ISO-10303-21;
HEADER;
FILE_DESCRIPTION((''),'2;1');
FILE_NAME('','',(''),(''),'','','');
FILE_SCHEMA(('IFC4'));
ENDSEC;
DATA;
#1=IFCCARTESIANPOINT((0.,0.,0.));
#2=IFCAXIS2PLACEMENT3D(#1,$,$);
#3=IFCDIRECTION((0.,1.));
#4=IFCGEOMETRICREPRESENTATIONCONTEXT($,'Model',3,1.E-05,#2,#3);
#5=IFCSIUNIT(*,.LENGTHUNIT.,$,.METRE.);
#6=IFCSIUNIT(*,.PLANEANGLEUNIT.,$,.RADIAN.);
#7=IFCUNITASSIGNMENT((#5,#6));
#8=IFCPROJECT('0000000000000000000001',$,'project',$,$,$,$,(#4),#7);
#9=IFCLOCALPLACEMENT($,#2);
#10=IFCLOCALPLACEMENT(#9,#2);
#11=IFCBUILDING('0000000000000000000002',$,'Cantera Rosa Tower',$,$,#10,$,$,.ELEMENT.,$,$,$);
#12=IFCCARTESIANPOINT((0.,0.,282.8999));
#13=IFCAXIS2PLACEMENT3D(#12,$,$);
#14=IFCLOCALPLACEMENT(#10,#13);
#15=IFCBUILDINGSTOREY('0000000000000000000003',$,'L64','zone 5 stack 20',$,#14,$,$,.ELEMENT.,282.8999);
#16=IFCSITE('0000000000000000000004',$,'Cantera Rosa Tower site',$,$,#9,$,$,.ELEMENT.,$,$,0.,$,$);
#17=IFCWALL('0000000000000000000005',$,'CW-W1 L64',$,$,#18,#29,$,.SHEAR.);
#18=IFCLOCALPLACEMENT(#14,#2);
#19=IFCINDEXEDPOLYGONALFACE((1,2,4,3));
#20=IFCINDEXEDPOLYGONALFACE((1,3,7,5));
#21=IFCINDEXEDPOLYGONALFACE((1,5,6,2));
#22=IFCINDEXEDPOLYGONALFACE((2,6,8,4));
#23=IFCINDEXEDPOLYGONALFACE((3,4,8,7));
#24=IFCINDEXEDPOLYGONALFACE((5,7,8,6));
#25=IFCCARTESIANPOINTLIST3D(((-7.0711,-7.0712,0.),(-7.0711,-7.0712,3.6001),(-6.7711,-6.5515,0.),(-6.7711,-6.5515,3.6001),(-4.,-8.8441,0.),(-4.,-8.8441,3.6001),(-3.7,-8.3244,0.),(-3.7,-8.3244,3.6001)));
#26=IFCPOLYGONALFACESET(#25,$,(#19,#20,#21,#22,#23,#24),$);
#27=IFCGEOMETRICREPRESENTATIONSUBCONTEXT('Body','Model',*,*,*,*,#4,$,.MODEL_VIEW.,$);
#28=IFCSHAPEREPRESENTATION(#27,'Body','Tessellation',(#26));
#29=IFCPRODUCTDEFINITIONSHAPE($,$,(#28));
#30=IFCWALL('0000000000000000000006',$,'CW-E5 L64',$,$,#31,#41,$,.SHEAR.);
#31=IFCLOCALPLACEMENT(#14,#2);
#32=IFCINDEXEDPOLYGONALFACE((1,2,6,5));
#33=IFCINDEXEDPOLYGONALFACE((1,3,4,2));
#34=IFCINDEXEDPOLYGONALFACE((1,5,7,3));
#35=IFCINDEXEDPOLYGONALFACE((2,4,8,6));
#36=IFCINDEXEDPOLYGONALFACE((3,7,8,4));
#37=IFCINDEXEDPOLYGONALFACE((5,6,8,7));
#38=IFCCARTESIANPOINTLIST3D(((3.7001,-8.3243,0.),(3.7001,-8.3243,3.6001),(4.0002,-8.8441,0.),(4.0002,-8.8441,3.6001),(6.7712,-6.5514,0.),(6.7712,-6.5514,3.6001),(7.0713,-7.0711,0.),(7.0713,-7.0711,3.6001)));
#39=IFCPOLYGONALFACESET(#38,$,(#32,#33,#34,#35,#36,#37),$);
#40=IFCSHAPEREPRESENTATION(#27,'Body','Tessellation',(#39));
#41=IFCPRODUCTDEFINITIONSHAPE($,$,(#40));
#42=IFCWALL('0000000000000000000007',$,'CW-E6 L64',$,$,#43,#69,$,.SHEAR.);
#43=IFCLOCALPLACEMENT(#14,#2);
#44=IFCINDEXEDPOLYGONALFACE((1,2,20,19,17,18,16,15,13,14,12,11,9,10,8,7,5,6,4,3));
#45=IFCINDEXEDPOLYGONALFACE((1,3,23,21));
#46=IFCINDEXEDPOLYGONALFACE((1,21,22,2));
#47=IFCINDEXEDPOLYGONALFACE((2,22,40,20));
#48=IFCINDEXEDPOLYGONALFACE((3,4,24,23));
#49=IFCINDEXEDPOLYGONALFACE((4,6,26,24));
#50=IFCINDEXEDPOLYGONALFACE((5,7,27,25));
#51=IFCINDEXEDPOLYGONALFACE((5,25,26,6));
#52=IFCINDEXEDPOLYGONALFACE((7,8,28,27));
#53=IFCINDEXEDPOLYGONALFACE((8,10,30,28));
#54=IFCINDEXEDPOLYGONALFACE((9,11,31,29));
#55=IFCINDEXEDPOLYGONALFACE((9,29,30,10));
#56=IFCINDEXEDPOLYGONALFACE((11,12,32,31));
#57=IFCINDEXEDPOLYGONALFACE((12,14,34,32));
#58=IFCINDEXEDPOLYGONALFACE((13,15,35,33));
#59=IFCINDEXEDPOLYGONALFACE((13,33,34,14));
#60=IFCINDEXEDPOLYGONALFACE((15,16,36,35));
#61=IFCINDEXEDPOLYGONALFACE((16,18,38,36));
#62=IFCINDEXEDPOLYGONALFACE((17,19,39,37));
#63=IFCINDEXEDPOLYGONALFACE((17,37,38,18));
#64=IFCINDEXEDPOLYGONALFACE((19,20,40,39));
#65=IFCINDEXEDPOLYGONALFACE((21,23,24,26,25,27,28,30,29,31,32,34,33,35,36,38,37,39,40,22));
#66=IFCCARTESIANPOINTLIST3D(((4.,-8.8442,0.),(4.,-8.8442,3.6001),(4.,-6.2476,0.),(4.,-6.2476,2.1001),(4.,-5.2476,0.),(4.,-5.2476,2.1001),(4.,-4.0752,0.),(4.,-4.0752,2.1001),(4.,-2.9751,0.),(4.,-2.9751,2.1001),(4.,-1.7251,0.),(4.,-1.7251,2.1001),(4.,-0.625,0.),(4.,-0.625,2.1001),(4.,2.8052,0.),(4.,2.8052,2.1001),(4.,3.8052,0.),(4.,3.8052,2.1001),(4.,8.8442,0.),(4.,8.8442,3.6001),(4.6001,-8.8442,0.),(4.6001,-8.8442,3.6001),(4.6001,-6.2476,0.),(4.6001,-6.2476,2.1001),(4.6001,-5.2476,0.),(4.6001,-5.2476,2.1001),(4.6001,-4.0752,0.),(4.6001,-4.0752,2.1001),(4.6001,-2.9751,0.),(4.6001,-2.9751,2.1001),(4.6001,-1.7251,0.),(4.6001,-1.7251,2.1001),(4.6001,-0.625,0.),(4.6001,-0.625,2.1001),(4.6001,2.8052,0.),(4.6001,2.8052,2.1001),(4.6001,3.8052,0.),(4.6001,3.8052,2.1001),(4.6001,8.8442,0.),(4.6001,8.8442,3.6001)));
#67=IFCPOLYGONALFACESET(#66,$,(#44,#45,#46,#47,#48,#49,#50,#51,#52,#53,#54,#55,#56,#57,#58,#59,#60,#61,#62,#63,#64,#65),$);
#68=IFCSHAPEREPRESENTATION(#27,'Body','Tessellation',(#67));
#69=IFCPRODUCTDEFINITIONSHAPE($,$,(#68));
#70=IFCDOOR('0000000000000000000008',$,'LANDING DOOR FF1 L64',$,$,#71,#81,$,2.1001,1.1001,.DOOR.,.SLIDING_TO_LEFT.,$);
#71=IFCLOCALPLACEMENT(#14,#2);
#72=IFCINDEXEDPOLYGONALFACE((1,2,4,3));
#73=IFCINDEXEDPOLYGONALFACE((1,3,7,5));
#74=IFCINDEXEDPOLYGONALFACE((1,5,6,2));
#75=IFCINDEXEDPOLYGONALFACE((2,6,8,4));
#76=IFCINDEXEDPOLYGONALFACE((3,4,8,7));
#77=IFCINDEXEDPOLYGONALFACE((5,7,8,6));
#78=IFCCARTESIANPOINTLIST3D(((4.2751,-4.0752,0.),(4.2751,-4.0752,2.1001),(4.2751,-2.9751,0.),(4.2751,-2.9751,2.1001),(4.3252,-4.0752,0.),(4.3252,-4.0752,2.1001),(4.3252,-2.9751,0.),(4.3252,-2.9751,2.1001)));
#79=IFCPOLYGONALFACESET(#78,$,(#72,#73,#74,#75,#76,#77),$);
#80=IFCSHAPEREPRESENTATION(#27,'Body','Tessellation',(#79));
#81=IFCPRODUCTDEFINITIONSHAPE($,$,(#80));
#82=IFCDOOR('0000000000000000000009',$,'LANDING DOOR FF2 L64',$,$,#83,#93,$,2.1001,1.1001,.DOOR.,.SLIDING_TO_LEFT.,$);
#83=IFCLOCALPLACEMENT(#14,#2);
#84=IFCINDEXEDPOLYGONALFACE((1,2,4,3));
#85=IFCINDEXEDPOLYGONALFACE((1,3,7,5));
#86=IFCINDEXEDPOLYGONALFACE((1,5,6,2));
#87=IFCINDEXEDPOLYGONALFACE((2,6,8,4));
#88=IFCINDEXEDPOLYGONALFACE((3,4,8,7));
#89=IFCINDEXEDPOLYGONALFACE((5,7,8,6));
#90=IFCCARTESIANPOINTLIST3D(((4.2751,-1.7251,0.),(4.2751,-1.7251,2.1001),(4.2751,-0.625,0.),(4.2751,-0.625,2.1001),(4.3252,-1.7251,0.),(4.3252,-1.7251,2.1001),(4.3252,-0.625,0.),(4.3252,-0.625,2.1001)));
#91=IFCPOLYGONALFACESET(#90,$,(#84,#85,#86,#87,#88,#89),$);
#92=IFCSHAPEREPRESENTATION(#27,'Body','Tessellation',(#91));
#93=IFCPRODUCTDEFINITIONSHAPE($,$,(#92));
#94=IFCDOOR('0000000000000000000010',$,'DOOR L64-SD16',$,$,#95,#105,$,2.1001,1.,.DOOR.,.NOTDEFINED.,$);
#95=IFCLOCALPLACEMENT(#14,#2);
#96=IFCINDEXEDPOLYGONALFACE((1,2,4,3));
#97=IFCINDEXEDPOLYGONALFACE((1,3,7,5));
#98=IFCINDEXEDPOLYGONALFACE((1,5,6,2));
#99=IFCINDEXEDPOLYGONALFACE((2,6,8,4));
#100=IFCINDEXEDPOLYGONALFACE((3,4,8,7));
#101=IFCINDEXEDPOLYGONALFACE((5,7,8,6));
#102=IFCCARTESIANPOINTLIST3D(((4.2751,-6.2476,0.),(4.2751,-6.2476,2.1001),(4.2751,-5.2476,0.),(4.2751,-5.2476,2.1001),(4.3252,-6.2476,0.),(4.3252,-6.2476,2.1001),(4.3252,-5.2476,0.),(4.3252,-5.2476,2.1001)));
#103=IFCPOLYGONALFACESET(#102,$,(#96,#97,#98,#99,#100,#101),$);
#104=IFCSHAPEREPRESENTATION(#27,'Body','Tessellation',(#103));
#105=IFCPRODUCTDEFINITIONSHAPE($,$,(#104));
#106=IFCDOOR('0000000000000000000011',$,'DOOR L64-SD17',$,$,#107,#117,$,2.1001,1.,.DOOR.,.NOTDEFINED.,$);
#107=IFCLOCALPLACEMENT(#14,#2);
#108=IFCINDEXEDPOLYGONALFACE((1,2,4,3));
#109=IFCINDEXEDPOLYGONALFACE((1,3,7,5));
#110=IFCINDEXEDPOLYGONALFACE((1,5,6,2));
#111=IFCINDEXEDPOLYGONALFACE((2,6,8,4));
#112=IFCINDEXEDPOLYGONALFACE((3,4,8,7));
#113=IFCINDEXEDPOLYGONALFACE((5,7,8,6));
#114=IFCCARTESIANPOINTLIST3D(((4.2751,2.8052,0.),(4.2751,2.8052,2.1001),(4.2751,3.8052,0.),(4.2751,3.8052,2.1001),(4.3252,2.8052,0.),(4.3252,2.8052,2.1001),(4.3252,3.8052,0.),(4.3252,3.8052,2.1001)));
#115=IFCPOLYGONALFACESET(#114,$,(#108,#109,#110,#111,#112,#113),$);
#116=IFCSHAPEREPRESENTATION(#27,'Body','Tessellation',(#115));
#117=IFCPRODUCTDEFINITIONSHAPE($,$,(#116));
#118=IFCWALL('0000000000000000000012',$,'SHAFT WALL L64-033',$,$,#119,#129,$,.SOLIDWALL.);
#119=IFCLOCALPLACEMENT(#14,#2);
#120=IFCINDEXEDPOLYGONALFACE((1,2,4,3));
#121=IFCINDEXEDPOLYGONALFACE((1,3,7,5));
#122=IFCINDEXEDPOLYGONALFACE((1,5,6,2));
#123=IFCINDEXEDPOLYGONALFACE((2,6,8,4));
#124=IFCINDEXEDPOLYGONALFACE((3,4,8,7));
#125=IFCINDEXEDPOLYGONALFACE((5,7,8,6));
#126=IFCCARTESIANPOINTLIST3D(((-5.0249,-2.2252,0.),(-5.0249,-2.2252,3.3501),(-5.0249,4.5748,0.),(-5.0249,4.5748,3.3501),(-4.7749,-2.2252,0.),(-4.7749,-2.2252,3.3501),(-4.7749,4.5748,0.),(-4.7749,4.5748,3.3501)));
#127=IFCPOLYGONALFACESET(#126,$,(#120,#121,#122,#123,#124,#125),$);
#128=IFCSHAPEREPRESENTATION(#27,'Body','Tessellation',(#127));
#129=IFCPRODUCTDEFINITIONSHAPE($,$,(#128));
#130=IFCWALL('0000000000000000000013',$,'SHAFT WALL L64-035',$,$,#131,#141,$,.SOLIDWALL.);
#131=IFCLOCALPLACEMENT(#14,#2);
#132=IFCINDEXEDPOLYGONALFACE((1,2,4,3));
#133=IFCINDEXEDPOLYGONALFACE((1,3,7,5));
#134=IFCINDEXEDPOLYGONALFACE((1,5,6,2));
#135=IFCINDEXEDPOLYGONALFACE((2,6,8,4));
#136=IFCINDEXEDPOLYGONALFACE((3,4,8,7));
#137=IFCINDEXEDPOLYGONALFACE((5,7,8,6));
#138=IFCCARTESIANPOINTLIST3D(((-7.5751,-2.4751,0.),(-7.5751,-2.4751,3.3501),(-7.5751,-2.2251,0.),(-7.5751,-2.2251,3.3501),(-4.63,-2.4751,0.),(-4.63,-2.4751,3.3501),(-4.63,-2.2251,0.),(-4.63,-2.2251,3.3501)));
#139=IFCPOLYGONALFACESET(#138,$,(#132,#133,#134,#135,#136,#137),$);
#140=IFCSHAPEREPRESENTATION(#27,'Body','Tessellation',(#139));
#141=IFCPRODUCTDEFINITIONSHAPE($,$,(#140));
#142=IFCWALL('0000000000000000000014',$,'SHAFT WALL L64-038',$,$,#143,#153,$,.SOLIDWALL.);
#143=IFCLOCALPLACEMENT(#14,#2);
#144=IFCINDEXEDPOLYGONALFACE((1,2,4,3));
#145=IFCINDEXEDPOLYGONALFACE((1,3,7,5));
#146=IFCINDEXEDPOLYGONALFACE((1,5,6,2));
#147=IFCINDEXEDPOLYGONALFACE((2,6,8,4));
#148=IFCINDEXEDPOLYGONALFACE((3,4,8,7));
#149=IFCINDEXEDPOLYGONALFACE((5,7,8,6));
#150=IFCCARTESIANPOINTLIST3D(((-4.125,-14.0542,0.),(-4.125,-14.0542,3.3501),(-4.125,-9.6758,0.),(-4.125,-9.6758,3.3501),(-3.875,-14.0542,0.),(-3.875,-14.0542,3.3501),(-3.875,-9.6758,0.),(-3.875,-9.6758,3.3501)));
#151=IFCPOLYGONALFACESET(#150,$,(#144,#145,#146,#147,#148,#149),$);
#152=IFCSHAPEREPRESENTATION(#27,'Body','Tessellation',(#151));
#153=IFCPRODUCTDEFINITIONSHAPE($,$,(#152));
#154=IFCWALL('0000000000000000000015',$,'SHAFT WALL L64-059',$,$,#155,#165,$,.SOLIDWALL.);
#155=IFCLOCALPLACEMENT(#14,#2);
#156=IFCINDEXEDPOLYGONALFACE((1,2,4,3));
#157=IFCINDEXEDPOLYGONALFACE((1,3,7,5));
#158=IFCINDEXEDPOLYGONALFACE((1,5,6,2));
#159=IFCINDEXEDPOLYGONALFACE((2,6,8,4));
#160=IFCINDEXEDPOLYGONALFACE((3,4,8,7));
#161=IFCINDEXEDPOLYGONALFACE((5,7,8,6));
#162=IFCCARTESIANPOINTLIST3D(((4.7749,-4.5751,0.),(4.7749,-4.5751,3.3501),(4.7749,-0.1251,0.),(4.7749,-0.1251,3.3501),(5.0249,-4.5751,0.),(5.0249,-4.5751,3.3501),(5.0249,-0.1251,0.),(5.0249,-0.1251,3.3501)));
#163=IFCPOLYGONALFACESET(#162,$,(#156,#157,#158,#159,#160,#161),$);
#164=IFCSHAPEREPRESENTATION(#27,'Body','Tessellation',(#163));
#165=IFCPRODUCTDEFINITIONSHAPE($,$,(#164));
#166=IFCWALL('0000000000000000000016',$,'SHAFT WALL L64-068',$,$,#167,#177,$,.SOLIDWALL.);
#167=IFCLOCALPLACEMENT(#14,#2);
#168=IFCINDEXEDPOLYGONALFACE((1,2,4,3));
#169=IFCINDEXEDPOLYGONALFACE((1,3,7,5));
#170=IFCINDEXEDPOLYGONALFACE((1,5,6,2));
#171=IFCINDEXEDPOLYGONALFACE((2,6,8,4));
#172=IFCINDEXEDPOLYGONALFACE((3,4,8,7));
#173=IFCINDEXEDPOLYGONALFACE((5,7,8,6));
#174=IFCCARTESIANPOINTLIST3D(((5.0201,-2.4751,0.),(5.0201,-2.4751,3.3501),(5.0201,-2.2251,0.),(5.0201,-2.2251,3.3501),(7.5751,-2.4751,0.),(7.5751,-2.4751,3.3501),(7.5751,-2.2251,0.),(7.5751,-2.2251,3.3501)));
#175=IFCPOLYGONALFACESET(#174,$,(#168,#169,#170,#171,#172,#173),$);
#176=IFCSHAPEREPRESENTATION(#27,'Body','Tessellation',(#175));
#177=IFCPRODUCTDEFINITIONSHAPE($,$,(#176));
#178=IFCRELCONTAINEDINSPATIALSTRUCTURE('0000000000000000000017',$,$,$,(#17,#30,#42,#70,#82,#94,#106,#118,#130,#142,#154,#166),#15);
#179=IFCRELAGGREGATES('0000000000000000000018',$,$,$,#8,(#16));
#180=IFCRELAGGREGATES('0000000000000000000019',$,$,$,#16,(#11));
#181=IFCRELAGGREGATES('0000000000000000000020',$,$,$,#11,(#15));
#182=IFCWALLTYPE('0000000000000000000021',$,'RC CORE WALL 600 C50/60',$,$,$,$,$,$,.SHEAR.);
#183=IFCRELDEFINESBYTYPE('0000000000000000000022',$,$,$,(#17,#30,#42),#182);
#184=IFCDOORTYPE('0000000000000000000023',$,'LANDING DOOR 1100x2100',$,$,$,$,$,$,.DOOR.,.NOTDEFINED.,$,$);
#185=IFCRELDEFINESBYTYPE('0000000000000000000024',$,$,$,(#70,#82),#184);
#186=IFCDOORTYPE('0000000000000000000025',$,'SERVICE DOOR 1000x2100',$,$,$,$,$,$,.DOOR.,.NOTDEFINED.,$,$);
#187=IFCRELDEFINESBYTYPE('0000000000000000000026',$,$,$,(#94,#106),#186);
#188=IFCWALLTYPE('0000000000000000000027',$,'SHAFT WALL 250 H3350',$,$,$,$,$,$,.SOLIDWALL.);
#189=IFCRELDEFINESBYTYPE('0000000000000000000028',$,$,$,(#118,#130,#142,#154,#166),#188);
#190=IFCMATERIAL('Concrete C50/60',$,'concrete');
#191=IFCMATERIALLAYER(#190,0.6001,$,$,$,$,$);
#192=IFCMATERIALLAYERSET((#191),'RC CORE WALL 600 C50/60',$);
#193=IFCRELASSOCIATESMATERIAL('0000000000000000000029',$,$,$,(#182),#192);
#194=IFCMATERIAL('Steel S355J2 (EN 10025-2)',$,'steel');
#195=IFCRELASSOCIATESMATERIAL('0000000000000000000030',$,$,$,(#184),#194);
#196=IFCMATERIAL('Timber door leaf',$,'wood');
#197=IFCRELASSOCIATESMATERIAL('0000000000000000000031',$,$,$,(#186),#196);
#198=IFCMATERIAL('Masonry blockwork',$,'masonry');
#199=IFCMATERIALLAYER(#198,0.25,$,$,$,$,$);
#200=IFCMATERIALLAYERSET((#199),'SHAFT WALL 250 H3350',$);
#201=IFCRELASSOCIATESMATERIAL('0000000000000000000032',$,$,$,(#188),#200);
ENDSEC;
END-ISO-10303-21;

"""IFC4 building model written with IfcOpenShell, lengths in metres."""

from ifc_helpers import new_model, si_unit, direction, frame, frame_2d, origin, place, context, subcontext, project, spatial, rectangle, extrude, material, layer, layer_set, type_object, element, fill, save


model = new_model("IFC4")

# Units and contexts
model_context = context("Model", 3, precision=1e-05, world=origin(), true_north=direction((0.0, 1.0)))
body_context = subcontext(model_context, "Body", "Model", "MODEL_VIEW")
ifc_project = project(units=[si_unit("LENGTHUNIT", "METRE"), si_unit("PLANEANGLEUNIT", "RADIAN")], contexts=[model_context])

# Site, building, storey
site_placement = place(None, origin())
site = spatial("IfcSite", under=ifc_project, at=site_placement, Name="Cantera Rosa Tower site", CompositionType="ELEMENT", RefElevation=0.0)
building_placement = place(site_placement, origin())
building = spatial("IfcBuilding", under=site, at=building_placement, Name="Cantera Rosa Tower", CompositionType="ELEMENT")
storey_placement = place(building_placement, frame((0.0, 0.0, 282.8999)))
storey = spatial("IfcBuildingStorey", under=building, at=storey_placement, Name="L64", Description="zone 5 stack 20", CompositionType="ELEMENT", Elevation=282.8999)

# Walls
ifc_material_1 = material(Name="Concrete C50/60", Category="concrete")
ifc_layer_1 = layer(ifc_material_1, 0.6001)
ifc_layer_set_1 = layer_set([ifc_layer_1], Name="RC CORE WALL 600 C50/60")
wall_type_1 = type_object("IfcWallType", Name="RC CORE WALL 600 C50/60", PredefinedType="SHEAR", material=ifc_layer_set_1)
for number, where, z_axis, x_axis, name in (
    (1, (-3.8501, -8.5842, 0.0), (0.0, 0.0, 1.0), (-0.86604, 0.499975, 0.0), "CW-W1 L64"),
    (2, (6.9211, -6.8113, 0.0), (0.0, 0.0, 1.0), (-0.86604, -0.499975, 0.0), "CW-E5 L64"),
):
    element("IfcWall", number, at=place(storey_placement, frame(where, z_axis=z_axis, x_axis=x_axis)), inside=storey, type_object=wall_type_1, Name=name, PredefinedType="SHEAR", context=body_context, shape_type="SweptSolid", body=[
        extrude(rectangle(XDim=3.5461, YDim=0.6001, at=frame_2d((1.7729, 0.0))), origin(), (0.0, 0.0, 1.0), 3.6001),
    ])

# Wall, openings, doors
wall_1_placement = place(storey_placement, frame((4.3, -8.8442, 0.0), z_axis=(0.0, 0.0, 1.0), x_axis=(0.0, 1.0, 0.0)))
wall_1 = element("IfcWall", 3, at=wall_1_placement, inside=storey, type_object=wall_type_1, Name="CW-E6 L64", PredefinedType="SHEAR", context=body_context, shape_type="SweptSolid", body=[
    extrude(rectangle(XDim=17.6885, YDim=0.6001, at=frame_2d((8.8442, 0.0))), origin(), (0.0, 0.0, 1.0), 3.6001),
])
opening_1_placement = place(wall_1_placement, frame((4.769, 0.0, 0.0)))
opening_1 = element("IfcOpeningElement", 4, at=opening_1_placement, cuts=wall_1, PredefinedType="OPENING", context=body_context, shape_type="SweptSolid", body=[
    extrude(rectangle(XDim=1.1001, YDim=2.1001, at=frame_2d((0.55, 1.05))), frame((0.0, 0.3101, 0.0), z_axis=(0.0, -1.0, 0.0), x_axis=(1.0, 0.0, 0.0)), (0.0, 0.0, 1.0), 0.6201),
])
opening_2_placement = place(wall_1_placement, frame((7.1191, 0.0, 0.0)))
opening_2 = element("IfcOpeningElement", 5, at=opening_2_placement, cuts=wall_1, PredefinedType="OPENING", context=body_context, shape_type="SweptSolid", body=[
    extrude(rectangle(XDim=1.1001, YDim=2.1001, at=frame_2d((0.55, 1.05))), frame((0.0, 0.3101, 0.0), z_axis=(0.0, -1.0, 0.0), x_axis=(1.0, 0.0, 0.0)), (0.0, 0.0, 1.0), 0.6201),
])
opening_3_placement = place(wall_1_placement, frame((2.5967, 0.0, 0.0)))
opening_3 = element("IfcOpeningElement", 6, at=opening_3_placement, cuts=wall_1, PredefinedType="OPENING", context=body_context, shape_type="SweptSolid", body=[
    extrude(rectangle(XDim=1.0, YDim=2.1001, at=frame_2d((0.5, 1.05))), frame((0.0, 0.3101, 0.0), z_axis=(0.0, -1.0, 0.0), x_axis=(1.0, 0.0, 0.0)), (0.0, 0.0, 1.0), 0.6201),
])
opening_4_placement = place(wall_1_placement, frame((11.6494, 0.0, 0.0)))
opening_4 = element("IfcOpeningElement", 7, at=opening_4_placement, cuts=wall_1, PredefinedType="OPENING", context=body_context, shape_type="SweptSolid", body=[
    extrude(rectangle(XDim=1.0, YDim=2.1001, at=frame_2d((0.5, 1.05))), frame((0.0, 0.3101, 0.0), z_axis=(0.0, -1.0, 0.0), x_axis=(1.0, 0.0, 0.0)), (0.0, 0.0, 1.0), 0.6201),
])
ifc_material_2 = material(Name="Steel S355J2 (EN 10025-2)", Category="steel")
door_type_1 = type_object("IfcDoorType", Name="LANDING DOOR 1100x2100", OperationType="NOTDEFINED", PredefinedType="DOOR", material=ifc_material_2)
door_1_placement = place(opening_1_placement, origin())
door_1 = element("IfcDoor", 8, at=door_1_placement, inside=storey, type_object=door_type_1, Name="LANDING DOOR FF1 L64", OperationType="SLIDING_TO_LEFT", OverallHeight=2.1001, OverallWidth=1.1001, PredefinedType="DOOR", context=body_context, shape_type="SweptSolid", body=[
    extrude(rectangle(XDim=1.1001, YDim=2.1001, at=frame_2d((0.55, 1.05))), frame((0.0, 0.0249, 0.0), z_axis=(0.0, -1.0, 0.0), x_axis=(1.0, 0.0, 0.0)), (0.0, 0.0, 1.0), 0.05),
])
fill(opening_1, door_1)
door_2_placement = place(opening_2_placement, origin())
door_2 = element("IfcDoor", 9, at=door_2_placement, inside=storey, type_object=door_type_1, Name="LANDING DOOR FF2 L64", OperationType="SLIDING_TO_LEFT", OverallHeight=2.1001, OverallWidth=1.1001, PredefinedType="DOOR", context=body_context, shape_type="SweptSolid", body=[
    extrude(rectangle(XDim=1.1001, YDim=2.1001, at=frame_2d((0.55, 1.05))), frame((0.0, 0.0249, 0.0), z_axis=(0.0, -1.0, 0.0), x_axis=(1.0, 0.0, 0.0)), (0.0, 0.0, 1.0), 0.05),
])
fill(opening_2, door_2)
ifc_material_3 = material(Name="Timber door leaf", Category="wood")
door_type_2 = type_object("IfcDoorType", Name="SERVICE DOOR 1000x2100", OperationType="NOTDEFINED", PredefinedType="DOOR", material=ifc_material_3)
door_3_placement = place(opening_3_placement, origin())
door_3 = element("IfcDoor", 10, at=door_3_placement, inside=storey, type_object=door_type_2, Name="DOOR L64-SD16", OperationType="NOTDEFINED", OverallHeight=2.1001, OverallWidth=1.0, PredefinedType="DOOR", context=body_context, shape_type="SweptSolid", body=[
    extrude(rectangle(XDim=1.0, YDim=2.1001, at=frame_2d((0.5, 1.05))), frame((0.0, 0.0249, 0.0), z_axis=(0.0, -1.0, 0.0), x_axis=(1.0, 0.0, 0.0)), (0.0, 0.0, 1.0), 0.05),
])
fill(opening_3, door_3)
door_4_placement = place(opening_4_placement, origin())
door_4 = element("IfcDoor", 11, at=door_4_placement, inside=storey, type_object=door_type_2, Name="DOOR L64-SD17", OperationType="NOTDEFINED", OverallHeight=2.1001, OverallWidth=1.0, PredefinedType="DOOR", context=body_context, shape_type="SweptSolid", body=[
    extrude(rectangle(XDim=1.0, YDim=2.1001, at=frame_2d((0.5, 1.05))), frame((0.0, 0.0249, 0.0), z_axis=(0.0, -1.0, 0.0), x_axis=(1.0, 0.0, 0.0)), (0.0, 0.0, 1.0), 0.05),
])
fill(opening_4, door_4)

# Walls
ifc_material_4 = material(Name="Masonry blockwork", Category="masonry")
ifc_layer_2 = layer(ifc_material_4, 0.25)
ifc_layer_set_2 = layer_set([ifc_layer_2], Name="SHAFT WALL 250 H3350")
wall_type_2 = type_object("IfcWallType", Name="SHAFT WALL 250 H3350", PredefinedType="SOLIDWALL", material=ifc_layer_set_2)
wall_2_placement = place(storey_placement, frame((-4.8999, -2.2251, 0.0), z_axis=(0.0, 0.0, 1.0), x_axis=(0.0, 1.0, 0.0)))
element("IfcWall", 12, at=wall_2_placement, inside=storey, type_object=wall_type_2, Name="SHAFT WALL L64-033", PredefinedType="SOLIDWALL", context=body_context, shape_type="SweptSolid", body=[
    extrude(rectangle(XDim=6.8, YDim=0.25, at=frame_2d((3.3999, 0.0))), origin(), (0.0, 0.0, 1.0), 3.3501),
])
wall_3_placement = place(storey_placement, frame((-4.6299, -2.3501, 0.0), z_axis=(0.0, 0.0, 1.0), x_axis=(-1.0, 0.0, 0.0)))
element("IfcWall", 13, at=wall_3_placement, inside=storey, type_object=wall_type_2, Name="SHAFT WALL L64-035", PredefinedType="SOLIDWALL", context=body_context, shape_type="SweptSolid", body=[
    extrude(rectangle(XDim=2.9451, YDim=0.25, at=frame_2d((1.4727, 0.0))), origin(), (0.0, 0.0, 1.0), 3.3501),
])
wall_4_placement = place(storey_placement, frame((-4.0, -9.6758, 0.0), z_axis=(0.0, 0.0, 1.0), x_axis=(0.0, -1.0, 0.0)))
element("IfcWall", 14, at=wall_4_placement, inside=storey, type_object=wall_type_2, Name="SHAFT WALL L64-038", PredefinedType="SOLIDWALL", context=body_context, shape_type="SweptSolid", body=[
    extrude(rectangle(XDim=4.3784, YDim=0.25, at=frame_2d((2.1892, 0.0))), origin(), (0.0, 0.0, 1.0), 3.3501),
])
wall_5_placement = place(storey_placement, frame((4.8999, -0.125, 0.0), z_axis=(0.0, 0.0, 1.0), x_axis=(0.0, -1.0, 0.0)))
element("IfcWall", 15, at=wall_5_placement, inside=storey, type_object=wall_type_2, Name="SHAFT WALL L64-059", PredefinedType="SOLIDWALL", context=body_context, shape_type="SweptSolid", body=[
    extrude(rectangle(XDim=4.45, YDim=0.25, at=frame_2d((2.2251, 0.0))), origin(), (0.0, 0.0, 1.0), 3.3501),
])
wall_6_placement = place(storey_placement, frame((7.575, -2.3501, 0.0), z_axis=(0.0, 0.0, 1.0), x_axis=(-1.0, 0.0, 0.0)))
element("IfcWall", 16, at=wall_6_placement, inside=storey, type_object=wall_type_2, Name="SHAFT WALL L64-068", PredefinedType="SOLIDWALL", context=body_context, shape_type="SweptSolid", body=[
    extrude(rectangle(XDim=2.5549, YDim=0.25, at=frame_2d((1.2773, 0.0))), origin(), (0.0, 0.0, 1.0), 3.3501),
])

save(model, "model.ifc")
